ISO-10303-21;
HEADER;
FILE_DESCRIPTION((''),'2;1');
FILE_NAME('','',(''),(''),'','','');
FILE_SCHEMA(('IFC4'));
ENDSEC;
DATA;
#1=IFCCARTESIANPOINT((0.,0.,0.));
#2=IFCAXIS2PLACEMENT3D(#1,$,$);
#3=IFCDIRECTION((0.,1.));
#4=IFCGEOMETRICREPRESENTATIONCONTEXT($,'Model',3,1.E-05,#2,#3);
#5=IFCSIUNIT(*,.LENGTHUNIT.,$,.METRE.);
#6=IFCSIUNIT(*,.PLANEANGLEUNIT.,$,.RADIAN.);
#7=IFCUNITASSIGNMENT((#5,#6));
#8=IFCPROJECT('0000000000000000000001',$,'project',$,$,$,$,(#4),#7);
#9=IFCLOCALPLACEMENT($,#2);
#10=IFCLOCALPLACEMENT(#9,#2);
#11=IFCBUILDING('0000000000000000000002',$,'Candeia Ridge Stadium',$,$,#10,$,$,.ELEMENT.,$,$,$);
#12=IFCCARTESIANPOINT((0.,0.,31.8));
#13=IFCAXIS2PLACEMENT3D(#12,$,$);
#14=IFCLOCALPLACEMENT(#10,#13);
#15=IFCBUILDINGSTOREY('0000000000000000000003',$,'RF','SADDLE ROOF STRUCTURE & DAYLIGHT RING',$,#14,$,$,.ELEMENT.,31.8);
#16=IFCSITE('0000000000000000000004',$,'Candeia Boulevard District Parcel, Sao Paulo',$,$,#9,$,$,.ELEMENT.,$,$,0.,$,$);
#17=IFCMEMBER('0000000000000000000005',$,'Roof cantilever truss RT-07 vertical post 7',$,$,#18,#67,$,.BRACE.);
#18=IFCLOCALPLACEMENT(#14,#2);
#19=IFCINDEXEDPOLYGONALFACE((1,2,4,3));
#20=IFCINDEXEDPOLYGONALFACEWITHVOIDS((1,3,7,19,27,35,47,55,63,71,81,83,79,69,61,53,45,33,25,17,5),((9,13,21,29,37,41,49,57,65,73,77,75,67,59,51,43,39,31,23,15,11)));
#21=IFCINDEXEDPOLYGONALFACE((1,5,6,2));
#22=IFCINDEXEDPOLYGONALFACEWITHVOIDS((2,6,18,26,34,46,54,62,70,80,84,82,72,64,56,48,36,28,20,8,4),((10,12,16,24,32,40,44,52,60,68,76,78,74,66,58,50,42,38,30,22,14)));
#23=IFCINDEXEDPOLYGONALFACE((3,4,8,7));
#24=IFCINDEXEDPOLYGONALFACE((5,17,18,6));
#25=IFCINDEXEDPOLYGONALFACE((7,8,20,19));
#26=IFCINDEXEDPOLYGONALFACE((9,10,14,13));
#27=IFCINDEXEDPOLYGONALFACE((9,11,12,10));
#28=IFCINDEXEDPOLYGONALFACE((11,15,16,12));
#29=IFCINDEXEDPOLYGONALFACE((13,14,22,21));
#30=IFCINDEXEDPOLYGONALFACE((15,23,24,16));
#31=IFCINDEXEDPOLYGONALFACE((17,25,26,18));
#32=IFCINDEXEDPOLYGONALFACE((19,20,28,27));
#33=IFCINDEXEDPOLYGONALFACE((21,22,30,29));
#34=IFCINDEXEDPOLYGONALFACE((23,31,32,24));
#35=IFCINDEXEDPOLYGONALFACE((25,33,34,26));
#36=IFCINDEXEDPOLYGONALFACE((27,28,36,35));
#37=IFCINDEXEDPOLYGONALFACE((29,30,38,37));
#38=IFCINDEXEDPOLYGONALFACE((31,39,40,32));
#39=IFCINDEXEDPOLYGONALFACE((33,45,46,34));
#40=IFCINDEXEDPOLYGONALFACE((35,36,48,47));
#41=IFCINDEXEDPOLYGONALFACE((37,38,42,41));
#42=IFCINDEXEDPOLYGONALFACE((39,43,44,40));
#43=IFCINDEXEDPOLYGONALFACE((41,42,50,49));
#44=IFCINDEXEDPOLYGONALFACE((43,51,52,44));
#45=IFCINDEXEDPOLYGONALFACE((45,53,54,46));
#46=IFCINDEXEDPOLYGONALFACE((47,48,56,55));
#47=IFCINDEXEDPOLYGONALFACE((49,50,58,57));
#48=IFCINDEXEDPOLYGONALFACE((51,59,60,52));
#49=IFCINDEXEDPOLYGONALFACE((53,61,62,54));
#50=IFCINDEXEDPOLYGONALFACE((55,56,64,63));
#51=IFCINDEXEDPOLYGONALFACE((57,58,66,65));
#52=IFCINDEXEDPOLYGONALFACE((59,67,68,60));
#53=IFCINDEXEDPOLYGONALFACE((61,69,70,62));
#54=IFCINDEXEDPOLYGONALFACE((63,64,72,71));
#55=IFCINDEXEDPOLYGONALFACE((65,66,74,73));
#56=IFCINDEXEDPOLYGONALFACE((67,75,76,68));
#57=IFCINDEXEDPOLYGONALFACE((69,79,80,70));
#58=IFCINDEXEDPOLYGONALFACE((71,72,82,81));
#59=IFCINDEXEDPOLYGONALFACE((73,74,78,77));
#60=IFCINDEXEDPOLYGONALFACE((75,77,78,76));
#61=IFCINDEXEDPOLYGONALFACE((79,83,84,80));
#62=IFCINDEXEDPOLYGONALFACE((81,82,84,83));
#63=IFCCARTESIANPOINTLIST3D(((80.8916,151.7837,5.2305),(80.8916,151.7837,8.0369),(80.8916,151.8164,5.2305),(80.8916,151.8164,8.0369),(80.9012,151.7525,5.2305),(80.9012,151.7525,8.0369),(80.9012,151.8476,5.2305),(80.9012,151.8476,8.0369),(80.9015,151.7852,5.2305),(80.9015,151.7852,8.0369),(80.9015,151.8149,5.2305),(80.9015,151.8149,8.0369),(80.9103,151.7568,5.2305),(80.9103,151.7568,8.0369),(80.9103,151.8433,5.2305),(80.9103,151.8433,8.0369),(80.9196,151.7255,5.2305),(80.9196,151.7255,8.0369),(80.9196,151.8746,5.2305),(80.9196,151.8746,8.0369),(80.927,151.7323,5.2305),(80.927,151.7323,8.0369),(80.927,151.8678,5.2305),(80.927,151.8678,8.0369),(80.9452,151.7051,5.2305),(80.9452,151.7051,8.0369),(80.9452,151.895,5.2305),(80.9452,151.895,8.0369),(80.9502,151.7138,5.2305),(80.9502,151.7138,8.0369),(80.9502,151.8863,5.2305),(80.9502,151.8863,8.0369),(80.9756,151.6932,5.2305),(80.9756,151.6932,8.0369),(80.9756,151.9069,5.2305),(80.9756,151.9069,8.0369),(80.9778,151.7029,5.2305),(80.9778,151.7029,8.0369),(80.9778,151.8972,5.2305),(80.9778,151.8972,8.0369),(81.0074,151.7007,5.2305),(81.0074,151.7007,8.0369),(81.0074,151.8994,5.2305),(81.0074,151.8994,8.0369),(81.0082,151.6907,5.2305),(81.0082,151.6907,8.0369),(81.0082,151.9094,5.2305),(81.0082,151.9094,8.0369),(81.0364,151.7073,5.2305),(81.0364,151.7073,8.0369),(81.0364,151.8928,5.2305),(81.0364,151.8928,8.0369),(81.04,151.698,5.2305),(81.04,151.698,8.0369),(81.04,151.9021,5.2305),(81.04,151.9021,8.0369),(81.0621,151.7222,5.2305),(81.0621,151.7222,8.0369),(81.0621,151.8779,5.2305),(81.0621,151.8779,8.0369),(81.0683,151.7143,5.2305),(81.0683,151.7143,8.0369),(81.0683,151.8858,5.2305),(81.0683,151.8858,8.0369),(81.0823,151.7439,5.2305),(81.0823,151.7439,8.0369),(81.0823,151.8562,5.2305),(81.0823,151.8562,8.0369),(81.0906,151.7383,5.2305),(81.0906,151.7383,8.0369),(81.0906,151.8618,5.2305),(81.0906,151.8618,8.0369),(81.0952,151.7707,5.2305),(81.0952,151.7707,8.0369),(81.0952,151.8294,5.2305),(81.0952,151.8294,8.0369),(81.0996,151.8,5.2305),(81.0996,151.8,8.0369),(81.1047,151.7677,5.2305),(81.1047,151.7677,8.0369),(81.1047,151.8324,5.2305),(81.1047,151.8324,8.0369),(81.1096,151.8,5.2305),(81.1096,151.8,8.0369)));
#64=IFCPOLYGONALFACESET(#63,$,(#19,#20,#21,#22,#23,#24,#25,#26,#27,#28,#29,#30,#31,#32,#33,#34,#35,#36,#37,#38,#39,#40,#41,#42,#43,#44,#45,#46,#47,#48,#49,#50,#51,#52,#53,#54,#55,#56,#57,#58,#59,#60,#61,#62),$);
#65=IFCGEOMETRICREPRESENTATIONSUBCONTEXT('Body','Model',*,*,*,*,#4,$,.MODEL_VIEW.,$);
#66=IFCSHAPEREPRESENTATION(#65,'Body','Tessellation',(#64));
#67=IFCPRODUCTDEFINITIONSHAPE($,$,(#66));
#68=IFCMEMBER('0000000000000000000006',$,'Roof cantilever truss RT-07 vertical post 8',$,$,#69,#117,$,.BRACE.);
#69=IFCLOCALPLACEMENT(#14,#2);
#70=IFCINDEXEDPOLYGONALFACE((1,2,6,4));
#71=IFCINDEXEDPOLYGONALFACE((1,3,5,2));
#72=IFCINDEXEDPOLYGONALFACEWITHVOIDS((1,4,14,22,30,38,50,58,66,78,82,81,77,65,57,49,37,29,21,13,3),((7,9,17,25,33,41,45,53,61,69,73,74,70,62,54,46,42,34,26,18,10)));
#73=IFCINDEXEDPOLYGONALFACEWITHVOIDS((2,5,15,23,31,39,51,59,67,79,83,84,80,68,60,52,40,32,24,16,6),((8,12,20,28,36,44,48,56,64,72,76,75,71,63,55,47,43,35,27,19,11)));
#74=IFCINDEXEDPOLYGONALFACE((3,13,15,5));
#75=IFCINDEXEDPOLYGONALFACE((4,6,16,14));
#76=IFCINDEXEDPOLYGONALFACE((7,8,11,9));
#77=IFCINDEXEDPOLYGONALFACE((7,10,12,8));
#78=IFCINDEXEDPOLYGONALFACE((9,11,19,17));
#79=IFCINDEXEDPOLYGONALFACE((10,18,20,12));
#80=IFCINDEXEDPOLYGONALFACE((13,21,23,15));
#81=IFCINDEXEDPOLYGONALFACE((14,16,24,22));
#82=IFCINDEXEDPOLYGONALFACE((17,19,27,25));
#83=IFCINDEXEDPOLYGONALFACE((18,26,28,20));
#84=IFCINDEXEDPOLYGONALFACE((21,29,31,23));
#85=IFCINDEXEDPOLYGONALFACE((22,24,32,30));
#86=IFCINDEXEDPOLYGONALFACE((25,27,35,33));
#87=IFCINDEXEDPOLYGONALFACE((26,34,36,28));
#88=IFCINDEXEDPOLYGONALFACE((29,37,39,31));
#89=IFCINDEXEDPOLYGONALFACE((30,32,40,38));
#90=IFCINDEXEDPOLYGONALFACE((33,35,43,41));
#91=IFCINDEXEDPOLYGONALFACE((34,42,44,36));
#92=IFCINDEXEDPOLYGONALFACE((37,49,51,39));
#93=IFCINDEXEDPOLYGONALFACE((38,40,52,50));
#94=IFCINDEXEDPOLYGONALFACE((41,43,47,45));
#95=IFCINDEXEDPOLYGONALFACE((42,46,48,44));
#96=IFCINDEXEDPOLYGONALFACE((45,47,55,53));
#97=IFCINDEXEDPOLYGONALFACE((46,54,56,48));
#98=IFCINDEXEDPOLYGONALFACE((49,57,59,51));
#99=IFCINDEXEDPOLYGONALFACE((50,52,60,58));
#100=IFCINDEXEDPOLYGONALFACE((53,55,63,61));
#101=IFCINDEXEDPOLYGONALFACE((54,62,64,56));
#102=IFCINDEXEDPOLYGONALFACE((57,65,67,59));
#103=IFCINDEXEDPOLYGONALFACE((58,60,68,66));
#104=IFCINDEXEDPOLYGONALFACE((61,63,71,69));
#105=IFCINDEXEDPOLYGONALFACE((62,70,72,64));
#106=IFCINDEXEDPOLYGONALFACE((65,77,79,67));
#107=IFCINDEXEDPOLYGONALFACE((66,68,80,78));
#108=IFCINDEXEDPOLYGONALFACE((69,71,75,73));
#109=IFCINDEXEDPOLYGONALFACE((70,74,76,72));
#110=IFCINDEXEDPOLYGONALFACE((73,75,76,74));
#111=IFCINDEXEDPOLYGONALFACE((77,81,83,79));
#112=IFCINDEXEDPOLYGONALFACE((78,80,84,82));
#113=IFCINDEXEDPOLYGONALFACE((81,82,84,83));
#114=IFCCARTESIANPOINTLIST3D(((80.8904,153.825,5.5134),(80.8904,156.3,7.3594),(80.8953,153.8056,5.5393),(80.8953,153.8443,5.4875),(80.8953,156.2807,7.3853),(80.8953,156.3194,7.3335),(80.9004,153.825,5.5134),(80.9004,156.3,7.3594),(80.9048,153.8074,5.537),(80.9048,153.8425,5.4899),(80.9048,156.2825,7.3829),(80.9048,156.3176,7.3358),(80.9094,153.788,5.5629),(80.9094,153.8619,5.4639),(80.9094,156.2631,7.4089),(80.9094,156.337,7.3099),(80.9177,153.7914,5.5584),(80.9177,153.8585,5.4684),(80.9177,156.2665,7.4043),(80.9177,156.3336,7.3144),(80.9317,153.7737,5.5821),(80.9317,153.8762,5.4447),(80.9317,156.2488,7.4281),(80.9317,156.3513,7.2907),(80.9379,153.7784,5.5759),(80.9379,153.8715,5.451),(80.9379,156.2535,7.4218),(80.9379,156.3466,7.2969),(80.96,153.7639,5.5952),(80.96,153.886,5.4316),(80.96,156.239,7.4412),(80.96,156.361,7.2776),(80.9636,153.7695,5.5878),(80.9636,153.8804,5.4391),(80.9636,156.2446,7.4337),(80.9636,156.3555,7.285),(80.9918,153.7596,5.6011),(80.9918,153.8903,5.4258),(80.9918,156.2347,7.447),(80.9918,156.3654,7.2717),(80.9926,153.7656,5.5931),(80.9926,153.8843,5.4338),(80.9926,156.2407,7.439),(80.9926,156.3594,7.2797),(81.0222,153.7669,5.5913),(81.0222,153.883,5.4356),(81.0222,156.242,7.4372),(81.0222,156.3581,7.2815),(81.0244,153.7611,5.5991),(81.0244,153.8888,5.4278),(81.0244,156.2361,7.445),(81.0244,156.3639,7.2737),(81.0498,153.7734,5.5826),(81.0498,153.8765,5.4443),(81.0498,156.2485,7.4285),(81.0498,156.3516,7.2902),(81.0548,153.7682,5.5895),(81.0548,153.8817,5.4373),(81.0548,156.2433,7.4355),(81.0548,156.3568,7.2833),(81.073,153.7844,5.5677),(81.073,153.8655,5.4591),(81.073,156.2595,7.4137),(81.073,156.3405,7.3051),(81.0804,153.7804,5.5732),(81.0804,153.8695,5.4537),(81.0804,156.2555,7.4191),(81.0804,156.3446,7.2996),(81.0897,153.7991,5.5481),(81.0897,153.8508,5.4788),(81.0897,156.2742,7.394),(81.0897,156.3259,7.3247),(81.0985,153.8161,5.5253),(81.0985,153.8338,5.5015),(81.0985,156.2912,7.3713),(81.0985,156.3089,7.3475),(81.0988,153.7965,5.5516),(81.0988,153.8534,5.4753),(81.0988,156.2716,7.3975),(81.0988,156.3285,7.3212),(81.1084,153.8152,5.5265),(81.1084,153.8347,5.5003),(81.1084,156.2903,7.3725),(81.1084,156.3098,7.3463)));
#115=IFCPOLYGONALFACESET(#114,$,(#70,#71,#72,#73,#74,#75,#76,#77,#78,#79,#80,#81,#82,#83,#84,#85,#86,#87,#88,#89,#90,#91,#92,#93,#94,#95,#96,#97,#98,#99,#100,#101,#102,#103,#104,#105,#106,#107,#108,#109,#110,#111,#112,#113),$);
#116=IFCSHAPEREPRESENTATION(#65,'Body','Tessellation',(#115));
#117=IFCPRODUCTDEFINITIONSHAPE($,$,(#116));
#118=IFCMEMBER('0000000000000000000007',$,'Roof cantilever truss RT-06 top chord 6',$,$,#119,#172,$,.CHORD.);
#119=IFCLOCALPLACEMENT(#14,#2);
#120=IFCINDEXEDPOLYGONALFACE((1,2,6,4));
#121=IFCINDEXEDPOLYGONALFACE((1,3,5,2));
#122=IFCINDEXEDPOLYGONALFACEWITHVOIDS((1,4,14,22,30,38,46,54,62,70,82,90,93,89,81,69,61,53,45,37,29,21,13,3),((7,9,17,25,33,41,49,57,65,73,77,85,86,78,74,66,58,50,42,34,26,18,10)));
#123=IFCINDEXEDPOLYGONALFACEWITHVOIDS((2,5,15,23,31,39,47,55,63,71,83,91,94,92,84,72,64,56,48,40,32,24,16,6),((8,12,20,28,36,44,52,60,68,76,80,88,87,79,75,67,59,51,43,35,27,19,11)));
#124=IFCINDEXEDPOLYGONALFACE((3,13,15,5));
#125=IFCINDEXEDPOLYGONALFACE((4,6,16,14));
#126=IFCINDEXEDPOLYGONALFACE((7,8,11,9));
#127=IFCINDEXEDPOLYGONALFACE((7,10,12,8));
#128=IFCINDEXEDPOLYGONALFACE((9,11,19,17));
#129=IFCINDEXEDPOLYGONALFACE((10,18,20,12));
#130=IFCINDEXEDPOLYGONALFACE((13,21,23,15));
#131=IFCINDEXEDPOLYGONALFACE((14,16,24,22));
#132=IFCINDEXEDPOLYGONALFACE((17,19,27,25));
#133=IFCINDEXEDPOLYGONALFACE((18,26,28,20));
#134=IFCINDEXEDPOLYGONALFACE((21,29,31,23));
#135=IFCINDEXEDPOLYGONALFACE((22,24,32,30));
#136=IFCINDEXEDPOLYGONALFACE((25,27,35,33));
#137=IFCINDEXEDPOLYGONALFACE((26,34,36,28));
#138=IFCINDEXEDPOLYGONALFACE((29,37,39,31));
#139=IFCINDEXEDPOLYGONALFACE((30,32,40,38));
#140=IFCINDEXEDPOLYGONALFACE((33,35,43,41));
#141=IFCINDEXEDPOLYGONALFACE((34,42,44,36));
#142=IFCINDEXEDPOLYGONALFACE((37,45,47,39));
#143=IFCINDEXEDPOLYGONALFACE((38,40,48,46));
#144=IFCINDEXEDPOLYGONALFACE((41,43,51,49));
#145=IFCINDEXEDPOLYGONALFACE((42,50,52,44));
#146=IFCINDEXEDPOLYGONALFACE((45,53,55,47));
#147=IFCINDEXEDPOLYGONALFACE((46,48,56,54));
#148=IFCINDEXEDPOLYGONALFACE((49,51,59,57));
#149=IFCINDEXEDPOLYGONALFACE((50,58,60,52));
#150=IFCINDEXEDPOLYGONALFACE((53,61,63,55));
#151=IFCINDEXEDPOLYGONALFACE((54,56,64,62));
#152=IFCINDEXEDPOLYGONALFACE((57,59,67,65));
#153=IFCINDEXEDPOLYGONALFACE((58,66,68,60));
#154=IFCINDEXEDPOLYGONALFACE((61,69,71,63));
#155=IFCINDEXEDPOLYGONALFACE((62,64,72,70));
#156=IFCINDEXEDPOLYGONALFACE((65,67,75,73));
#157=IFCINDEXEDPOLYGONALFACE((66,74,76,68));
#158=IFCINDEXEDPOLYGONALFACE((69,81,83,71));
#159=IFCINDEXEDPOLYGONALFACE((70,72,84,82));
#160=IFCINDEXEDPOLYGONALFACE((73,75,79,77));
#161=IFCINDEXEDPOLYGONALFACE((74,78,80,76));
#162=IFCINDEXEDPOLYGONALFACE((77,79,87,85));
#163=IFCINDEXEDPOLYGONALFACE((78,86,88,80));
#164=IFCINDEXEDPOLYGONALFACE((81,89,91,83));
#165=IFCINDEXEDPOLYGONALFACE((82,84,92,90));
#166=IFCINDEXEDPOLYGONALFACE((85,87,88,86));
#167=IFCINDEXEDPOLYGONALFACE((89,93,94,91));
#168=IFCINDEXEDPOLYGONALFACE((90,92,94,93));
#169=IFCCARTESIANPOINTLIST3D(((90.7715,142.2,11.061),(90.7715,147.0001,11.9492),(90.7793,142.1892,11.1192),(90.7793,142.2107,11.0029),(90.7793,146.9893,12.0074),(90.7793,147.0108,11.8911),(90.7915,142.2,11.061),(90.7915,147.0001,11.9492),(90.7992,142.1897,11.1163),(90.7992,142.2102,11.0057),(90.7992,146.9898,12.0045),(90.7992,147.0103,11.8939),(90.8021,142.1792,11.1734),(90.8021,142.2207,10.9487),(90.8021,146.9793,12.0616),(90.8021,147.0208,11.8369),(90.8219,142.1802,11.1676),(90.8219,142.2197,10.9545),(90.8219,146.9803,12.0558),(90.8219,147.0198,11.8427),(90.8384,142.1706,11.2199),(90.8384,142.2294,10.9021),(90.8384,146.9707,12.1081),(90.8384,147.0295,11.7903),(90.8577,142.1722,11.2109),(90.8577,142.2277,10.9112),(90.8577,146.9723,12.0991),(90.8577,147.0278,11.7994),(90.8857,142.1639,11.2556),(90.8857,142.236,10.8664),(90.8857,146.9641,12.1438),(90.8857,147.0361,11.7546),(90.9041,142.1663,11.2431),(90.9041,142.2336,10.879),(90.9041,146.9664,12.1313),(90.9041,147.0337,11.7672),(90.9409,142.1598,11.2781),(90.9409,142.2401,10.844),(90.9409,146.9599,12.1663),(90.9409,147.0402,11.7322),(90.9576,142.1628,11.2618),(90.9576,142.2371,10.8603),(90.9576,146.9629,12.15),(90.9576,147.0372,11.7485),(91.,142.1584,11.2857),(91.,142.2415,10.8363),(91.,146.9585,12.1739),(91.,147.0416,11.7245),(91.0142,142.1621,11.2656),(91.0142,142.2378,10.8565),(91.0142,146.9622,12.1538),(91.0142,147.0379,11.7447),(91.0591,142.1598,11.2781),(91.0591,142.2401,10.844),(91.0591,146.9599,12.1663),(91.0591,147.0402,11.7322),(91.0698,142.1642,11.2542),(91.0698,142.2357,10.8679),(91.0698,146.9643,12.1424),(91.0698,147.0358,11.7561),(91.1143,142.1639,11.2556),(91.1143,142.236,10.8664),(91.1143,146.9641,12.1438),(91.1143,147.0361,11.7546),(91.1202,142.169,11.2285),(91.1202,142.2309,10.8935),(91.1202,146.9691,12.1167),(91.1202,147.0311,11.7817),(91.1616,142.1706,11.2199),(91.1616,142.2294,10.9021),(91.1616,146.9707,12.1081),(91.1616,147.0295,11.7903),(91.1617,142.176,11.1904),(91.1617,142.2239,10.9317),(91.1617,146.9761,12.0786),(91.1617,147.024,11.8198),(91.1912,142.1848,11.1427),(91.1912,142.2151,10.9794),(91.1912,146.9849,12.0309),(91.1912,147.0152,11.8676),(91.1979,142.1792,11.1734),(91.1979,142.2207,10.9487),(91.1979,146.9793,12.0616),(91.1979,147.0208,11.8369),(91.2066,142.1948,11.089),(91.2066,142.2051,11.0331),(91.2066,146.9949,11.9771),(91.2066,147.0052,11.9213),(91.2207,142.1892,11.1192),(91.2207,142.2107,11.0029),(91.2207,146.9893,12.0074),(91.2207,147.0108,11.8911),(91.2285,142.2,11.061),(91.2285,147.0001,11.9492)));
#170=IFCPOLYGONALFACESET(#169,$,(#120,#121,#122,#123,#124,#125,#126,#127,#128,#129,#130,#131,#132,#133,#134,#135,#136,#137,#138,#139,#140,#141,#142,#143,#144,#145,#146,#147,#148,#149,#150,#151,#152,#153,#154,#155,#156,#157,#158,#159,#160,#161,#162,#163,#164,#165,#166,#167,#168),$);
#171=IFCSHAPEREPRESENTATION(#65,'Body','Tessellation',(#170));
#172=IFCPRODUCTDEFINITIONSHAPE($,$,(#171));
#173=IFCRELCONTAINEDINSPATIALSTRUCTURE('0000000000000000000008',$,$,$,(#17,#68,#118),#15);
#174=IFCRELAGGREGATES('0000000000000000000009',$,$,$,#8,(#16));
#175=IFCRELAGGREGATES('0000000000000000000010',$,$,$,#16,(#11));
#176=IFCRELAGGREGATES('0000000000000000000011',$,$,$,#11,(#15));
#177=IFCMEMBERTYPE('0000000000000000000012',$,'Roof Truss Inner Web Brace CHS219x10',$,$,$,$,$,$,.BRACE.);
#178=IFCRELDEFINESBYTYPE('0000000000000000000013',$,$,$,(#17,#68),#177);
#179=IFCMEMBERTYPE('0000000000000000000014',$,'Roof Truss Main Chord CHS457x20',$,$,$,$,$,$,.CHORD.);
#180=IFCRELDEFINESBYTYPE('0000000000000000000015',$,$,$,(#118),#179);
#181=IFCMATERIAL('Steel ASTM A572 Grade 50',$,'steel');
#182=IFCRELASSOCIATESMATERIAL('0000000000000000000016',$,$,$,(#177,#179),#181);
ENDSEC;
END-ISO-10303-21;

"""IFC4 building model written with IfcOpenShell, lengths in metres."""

from ifc_helpers import new_model, si_unit, direction, frame, origin, origin_2d, place, context, subcontext, project, spatial, hollow_circle, extrude, material, material_profile, profile_set, type_object, element, save


model = new_model("IFC4")

# Units and contexts
model_context = context("Model", 3, precision=1e-05, world=origin(), true_north=direction((0.0, 1.0)))
body_context = subcontext(model_context, "Body", "Model", "MODEL_VIEW")
ifc_project = project(units=[si_unit("LENGTHUNIT", "METRE"), si_unit("PLANEANGLEUNIT", "RADIAN")], contexts=[model_context])

# Site, building, storey
site_placement = place(None, origin())
site = spatial("IfcSite", under=ifc_project, at=site_placement, Name="Candeia Boulevard District Parcel, Sao Paulo", CompositionType="ELEMENT", RefElevation=0.0)
building_placement = place(site_placement, origin())
building = spatial("IfcBuilding", under=site, at=building_placement, Name="Candeia Ridge Stadium", CompositionType="ELEMENT")
storey_placement = place(building_placement, frame((0.0, 0.0, 31.8)))
storey = spatial("IfcBuildingStorey", under=building, at=storey_placement, Name="RF", Description="SADDLE ROOF STRUCTURE & DAYLIGHT RING", CompositionType="ELEMENT", Elevation=31.8)

# Shared definitions
ifc_material_1 = material(Name="Steel ASTM A572 Grade 50", Category="steel")

# Members
ifc_material_profile_1 = material_profile(ifc_material_1, hollow_circle(Radius=0.1096, WallThickness=0.01, at=origin_2d()), Name="CHS219x10", Category="steel")
ifc_profile_set_1 = profile_set([ifc_material_profile_1], Name="Steel ASTM A572 Grade 50")
member_type_1 = type_object("IfcMemberType", Name="Roof Truss Inner Web Brace CHS219x10", PredefinedType="BRACE", material=ifc_profile_set_1)
member_1_placement = place(storey_placement, frame((81.0, 151.8, 5.2305), z_axis=(0.0, 0.0, 1.0), x_axis=(1.0, 0.0, 0.0)))
element("IfcMember", 1, at=member_1_placement, inside=storey, type_object=member_type_1, Name="Roof cantilever truss RT-07 vertical post 7", PredefinedType="BRACE", context=body_context, shape_type="SweptSolid", body=[
    extrude(hollow_circle(Radius=0.1096, WallThickness=0.01, at=origin_2d()), origin(), (0.0, 0.0, 1.0), 2.8064),
])
member_2_placement = place(storey_placement, frame((81.0, 153.825, 5.5134), z_axis=(0.0, 0.80161, 0.597847), x_axis=(-1.0, 0.0, 0.0)))
element("IfcMember", 2, at=member_2_placement, inside=storey, type_object=member_type_1, Name="Roof cantilever truss RT-07 vertical post 8", PredefinedType="BRACE", context=body_context, shape_type="SweptSolid", body=[
    extrude(hollow_circle(Radius=0.1096, WallThickness=0.01, at=origin_2d()), origin(), (0.0, 0.0, 1.0), 3.0876),
])
ifc_material_profile_2 = material_profile(ifc_material_1, hollow_circle(Radius=0.2285, WallThickness=0.02, at=origin_2d()), Name="CHS457x20", Category="steel")
ifc_profile_set_2 = profile_set([ifc_material_profile_2], Name="Steel ASTM A572 Grade 50")
member_type_2 = type_object("IfcMemberType", Name="Roof Truss Main Chord CHS457x20", PredefinedType="CHORD", material=ifc_profile_set_2)
member_3_placement = place(storey_placement, frame((91.0, 142.2, 11.061), z_axis=(0.0, 0.983308, 0.181948), x_axis=(-1.0, 0.0, 0.0)))
element("IfcMember", 3, at=member_3_placement, inside=storey, type_object=member_type_2, Name="Roof cantilever truss RT-06 top chord 6", PredefinedType="CHORD", context=body_context, shape_type="SweptSolid", body=[
    extrude(hollow_circle(Radius=0.2285, WallThickness=0.02, at=origin_2d()), origin(), (0.0, 0.0, 1.0), 4.8816),
])

save(model, "model.ifc")
